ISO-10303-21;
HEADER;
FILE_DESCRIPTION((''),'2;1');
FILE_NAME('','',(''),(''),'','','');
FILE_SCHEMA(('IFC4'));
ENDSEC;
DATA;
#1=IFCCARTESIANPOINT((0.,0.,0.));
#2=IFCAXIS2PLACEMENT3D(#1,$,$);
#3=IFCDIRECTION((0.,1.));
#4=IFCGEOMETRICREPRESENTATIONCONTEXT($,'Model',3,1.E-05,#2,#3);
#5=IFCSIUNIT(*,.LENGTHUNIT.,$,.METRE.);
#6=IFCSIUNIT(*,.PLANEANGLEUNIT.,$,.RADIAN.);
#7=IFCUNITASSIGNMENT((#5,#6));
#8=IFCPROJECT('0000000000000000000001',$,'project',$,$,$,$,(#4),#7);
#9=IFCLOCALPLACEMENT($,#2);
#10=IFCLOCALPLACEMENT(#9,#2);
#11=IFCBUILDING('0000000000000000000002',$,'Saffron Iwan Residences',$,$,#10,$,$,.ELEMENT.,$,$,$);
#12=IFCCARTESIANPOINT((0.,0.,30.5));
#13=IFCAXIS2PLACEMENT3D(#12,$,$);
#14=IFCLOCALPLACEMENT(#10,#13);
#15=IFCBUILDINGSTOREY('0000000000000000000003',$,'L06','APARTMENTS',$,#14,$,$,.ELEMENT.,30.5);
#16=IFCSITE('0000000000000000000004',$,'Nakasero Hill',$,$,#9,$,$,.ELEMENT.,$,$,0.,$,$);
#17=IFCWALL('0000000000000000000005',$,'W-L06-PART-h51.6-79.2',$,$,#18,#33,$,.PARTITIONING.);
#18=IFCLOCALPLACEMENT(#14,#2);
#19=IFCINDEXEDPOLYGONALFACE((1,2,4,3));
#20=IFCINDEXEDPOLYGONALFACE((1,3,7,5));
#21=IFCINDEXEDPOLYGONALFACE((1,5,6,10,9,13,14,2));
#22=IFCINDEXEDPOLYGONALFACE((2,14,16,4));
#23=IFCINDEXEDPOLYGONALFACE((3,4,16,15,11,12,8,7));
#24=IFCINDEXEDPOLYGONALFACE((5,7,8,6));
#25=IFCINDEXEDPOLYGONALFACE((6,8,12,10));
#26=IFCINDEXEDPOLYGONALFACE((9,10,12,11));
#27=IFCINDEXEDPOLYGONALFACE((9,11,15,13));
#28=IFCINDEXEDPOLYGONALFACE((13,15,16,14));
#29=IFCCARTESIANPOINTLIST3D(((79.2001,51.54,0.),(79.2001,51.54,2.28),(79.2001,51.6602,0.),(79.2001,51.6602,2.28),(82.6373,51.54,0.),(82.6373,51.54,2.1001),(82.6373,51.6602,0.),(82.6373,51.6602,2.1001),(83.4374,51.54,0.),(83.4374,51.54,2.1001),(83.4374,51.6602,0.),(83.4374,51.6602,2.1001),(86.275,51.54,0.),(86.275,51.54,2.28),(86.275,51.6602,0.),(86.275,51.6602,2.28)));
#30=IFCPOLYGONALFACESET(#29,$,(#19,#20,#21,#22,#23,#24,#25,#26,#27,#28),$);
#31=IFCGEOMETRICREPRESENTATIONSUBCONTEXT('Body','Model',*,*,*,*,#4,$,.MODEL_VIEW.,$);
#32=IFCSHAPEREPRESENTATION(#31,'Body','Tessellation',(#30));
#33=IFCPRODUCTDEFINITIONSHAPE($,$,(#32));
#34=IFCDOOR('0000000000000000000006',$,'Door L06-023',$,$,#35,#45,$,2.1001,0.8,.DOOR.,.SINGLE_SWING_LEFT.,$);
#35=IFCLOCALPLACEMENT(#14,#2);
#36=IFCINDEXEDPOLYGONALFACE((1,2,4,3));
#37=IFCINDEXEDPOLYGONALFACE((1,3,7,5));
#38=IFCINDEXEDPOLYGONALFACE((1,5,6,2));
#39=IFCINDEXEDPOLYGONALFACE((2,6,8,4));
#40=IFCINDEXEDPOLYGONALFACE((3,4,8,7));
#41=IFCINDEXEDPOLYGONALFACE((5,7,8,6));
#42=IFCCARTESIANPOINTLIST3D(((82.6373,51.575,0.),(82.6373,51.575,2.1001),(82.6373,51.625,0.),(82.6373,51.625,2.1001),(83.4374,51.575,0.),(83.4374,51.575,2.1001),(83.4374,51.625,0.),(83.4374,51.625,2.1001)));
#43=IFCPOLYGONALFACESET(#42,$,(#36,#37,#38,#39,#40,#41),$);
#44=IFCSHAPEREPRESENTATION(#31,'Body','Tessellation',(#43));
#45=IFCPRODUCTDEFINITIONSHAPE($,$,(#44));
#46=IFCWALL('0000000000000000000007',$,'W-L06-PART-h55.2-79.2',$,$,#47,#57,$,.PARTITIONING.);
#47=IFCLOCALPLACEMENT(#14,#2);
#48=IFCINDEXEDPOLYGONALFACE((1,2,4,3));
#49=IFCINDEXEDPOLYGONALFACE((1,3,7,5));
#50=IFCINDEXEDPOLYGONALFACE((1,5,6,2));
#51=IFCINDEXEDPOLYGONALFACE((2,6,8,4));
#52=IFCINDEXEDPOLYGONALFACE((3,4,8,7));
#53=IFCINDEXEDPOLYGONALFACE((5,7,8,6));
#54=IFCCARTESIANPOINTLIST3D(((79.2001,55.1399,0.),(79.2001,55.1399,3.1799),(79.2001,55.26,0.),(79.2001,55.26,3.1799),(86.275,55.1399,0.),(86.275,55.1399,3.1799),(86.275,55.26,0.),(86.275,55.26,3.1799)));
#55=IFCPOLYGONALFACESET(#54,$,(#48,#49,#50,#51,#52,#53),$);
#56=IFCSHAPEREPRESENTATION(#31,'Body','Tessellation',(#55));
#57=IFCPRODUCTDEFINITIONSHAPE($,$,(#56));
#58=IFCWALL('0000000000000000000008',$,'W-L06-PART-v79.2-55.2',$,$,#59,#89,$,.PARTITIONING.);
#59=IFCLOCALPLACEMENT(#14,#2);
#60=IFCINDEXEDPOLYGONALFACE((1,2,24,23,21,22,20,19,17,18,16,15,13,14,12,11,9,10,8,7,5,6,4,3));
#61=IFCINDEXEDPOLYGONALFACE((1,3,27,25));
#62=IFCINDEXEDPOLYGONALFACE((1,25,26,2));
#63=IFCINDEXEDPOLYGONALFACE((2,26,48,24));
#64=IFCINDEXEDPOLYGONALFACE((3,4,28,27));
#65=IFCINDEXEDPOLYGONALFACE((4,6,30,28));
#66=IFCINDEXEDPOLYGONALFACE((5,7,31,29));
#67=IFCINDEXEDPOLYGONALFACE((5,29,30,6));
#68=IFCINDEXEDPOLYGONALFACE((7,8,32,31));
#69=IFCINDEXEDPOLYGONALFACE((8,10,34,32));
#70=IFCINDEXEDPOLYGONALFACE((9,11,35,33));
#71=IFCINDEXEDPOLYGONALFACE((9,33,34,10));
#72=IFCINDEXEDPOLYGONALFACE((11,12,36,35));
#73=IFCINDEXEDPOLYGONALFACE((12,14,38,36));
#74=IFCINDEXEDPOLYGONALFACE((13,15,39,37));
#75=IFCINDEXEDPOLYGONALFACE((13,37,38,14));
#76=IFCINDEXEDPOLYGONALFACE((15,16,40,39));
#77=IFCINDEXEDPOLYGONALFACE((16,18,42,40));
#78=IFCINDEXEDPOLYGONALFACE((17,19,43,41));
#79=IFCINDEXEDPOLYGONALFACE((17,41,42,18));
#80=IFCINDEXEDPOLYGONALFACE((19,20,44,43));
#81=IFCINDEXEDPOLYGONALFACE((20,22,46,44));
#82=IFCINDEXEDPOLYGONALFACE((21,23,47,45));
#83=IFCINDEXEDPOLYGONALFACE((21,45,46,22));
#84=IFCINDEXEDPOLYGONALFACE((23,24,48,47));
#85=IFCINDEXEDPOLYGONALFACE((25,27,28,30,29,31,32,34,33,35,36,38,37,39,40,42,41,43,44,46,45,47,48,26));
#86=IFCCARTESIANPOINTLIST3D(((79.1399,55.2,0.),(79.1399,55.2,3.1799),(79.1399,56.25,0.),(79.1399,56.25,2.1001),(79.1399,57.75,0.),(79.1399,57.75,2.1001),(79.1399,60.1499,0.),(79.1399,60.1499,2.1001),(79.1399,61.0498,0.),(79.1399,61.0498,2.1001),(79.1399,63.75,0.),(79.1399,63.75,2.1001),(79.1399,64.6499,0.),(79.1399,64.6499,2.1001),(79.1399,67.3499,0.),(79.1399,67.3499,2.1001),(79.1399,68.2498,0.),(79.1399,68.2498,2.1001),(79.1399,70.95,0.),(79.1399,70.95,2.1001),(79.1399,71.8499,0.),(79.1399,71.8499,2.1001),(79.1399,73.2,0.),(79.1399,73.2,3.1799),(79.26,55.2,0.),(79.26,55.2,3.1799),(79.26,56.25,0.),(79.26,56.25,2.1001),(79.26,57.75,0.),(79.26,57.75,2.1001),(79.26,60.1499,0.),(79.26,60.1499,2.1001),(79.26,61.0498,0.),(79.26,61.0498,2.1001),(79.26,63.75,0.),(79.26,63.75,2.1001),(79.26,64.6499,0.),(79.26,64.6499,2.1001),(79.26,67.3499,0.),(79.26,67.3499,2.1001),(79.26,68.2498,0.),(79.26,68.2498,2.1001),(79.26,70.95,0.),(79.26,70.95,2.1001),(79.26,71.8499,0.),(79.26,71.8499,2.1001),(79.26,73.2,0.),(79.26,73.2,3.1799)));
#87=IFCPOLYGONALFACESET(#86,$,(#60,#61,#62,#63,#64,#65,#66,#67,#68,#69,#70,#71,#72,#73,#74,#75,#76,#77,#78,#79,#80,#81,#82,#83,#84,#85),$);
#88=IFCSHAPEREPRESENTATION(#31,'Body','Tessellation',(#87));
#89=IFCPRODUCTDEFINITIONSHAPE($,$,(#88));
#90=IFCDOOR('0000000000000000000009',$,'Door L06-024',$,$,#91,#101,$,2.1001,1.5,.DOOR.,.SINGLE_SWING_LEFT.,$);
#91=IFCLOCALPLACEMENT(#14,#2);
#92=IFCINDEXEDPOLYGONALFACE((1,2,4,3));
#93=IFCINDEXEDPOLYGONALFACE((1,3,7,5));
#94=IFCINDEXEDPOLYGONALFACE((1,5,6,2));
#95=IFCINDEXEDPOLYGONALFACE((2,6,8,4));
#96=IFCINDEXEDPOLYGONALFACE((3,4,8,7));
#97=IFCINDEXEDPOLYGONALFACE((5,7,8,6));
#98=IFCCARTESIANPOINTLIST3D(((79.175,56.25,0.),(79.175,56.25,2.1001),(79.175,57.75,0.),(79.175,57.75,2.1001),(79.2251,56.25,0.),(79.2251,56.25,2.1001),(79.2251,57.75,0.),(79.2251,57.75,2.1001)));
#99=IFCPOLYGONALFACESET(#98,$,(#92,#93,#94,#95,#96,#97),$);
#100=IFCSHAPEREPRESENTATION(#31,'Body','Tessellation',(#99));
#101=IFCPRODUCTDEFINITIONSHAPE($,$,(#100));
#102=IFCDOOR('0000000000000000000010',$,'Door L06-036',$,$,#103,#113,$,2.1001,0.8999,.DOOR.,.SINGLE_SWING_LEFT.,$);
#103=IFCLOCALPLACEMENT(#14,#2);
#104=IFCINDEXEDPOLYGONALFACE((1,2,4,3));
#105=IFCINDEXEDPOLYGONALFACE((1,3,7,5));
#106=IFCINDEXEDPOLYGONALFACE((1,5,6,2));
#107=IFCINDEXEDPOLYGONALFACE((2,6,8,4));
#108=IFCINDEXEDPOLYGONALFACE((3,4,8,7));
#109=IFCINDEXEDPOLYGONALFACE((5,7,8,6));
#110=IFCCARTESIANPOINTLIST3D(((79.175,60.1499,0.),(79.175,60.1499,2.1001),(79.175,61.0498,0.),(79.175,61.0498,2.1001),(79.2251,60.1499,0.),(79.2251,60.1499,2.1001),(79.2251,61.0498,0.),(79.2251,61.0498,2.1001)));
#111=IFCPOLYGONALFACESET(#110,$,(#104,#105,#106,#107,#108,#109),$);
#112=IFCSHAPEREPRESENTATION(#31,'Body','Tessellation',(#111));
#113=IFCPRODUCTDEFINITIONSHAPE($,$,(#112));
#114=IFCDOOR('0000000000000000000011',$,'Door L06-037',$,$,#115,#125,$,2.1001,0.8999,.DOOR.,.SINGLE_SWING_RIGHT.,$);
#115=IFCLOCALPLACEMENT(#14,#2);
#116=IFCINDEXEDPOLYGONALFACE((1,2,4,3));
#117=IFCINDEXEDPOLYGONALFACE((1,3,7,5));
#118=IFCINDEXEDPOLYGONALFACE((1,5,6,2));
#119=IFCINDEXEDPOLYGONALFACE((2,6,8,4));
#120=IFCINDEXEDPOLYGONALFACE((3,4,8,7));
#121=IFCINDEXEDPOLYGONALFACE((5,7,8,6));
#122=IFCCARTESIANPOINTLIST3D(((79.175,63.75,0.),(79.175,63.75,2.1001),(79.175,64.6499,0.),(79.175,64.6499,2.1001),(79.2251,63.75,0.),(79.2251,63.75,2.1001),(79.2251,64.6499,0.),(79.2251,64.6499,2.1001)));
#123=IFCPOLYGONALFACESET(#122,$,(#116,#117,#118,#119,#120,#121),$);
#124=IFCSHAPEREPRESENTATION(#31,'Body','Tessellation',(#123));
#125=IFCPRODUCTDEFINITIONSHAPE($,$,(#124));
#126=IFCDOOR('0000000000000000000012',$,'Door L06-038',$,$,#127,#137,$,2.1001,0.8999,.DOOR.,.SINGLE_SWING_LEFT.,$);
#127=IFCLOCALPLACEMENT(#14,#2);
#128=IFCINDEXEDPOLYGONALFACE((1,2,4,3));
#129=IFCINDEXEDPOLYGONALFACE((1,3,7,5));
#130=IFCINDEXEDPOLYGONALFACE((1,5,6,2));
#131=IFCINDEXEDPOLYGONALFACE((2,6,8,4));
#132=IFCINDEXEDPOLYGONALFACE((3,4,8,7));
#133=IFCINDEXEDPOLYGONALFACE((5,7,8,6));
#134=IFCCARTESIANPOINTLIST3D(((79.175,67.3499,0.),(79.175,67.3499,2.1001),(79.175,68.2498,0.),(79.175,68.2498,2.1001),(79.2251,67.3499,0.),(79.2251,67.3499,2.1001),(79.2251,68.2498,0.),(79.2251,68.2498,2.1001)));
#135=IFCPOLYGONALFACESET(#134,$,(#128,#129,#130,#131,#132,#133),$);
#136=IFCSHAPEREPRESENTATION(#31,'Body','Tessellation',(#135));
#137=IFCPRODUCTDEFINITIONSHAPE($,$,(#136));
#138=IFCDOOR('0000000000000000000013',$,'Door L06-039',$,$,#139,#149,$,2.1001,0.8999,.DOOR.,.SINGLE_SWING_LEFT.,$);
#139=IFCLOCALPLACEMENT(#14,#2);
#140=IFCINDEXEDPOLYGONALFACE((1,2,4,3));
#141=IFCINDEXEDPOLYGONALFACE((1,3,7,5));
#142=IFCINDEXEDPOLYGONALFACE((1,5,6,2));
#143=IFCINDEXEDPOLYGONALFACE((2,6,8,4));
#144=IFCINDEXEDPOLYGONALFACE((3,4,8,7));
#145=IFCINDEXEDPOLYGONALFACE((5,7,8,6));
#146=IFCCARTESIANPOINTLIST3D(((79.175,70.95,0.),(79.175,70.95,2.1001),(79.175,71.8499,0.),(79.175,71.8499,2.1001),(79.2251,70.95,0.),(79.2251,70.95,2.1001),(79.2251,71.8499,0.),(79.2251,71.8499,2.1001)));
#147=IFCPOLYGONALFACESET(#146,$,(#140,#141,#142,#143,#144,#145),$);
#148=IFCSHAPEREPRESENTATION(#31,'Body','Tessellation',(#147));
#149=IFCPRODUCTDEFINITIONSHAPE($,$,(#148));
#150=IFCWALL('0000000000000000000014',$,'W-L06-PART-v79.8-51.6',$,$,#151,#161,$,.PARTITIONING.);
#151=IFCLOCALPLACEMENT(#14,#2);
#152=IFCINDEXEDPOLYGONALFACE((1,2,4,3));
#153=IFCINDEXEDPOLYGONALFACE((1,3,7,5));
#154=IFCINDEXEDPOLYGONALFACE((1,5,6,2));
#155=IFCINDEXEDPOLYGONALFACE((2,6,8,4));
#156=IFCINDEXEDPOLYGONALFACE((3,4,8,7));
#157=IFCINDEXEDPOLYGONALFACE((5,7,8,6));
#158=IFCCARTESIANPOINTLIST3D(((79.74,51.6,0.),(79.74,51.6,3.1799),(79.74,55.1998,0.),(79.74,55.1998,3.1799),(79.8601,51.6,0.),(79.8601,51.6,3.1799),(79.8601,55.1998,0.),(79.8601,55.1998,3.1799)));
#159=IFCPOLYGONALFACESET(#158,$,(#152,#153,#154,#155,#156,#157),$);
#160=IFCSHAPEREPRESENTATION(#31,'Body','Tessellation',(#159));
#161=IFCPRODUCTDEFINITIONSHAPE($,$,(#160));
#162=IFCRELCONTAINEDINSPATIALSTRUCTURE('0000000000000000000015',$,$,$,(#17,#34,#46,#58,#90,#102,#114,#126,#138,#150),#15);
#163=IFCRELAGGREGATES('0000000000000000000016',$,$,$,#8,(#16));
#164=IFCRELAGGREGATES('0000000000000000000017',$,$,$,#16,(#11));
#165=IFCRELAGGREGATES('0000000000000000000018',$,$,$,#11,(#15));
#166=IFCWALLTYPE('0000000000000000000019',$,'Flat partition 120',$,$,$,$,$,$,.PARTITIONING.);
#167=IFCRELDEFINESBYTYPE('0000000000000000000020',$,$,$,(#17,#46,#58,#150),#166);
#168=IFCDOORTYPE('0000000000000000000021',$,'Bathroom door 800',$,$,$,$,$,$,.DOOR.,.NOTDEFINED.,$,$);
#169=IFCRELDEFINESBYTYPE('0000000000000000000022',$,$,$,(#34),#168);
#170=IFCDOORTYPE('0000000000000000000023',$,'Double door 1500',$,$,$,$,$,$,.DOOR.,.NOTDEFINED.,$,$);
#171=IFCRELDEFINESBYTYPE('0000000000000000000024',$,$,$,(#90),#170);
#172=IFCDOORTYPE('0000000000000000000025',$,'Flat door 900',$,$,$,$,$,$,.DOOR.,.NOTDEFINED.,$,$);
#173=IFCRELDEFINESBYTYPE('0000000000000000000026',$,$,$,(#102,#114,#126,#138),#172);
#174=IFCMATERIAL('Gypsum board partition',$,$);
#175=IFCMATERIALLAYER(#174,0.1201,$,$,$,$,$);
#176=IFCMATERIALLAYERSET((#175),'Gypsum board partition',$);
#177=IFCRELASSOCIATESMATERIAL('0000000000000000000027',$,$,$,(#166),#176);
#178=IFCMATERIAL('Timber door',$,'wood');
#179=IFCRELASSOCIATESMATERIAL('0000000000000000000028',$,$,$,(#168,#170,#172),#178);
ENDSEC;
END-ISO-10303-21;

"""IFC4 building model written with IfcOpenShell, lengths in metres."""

from ifc_helpers import new_model, si_unit, direction, frame, frame_2d, origin, place, context, subcontext, project, spatial, rectangle, extrude, material, layer, layer_set, type_object, element, fill, save


model = new_model("IFC4")

# Units and contexts
model_context = context("Model", 3, precision=1e-05, world=origin(), true_north=direction((0.0, 1.0)))
body_context = subcontext(model_context, "Body", "Model", "MODEL_VIEW")
ifc_project = project(units=[si_unit("LENGTHUNIT", "METRE"), si_unit("PLANEANGLEUNIT", "RADIAN")], contexts=[model_context])

# Site, building, storey
site_placement = place(None, origin())
site = spatial("IfcSite", under=ifc_project, at=site_placement, Name="Nakasero Hill", CompositionType="ELEMENT", RefElevation=0.0)
building_placement = place(site_placement, origin())
building = spatial("IfcBuilding", under=site, at=building_placement, Name="Saffron Iwan Residences", CompositionType="ELEMENT")
storey_placement = place(building_placement, frame((0.0, 0.0, 30.5)))
storey = spatial("IfcBuildingStorey", under=building, at=storey_placement, Name="L06", Description="APARTMENTS", CompositionType="ELEMENT", Elevation=30.5)

# Wall, opening, door
ifc_material_1 = material(Name="Gypsum board partition")
ifc_layer_1 = layer(ifc_material_1, 0.1201)
ifc_layer_set_1 = layer_set([ifc_layer_1], Name="Gypsum board partition")
wall_type_1 = type_object("IfcWallType", Name="Flat partition 120", PredefinedType="PARTITIONING", material=ifc_layer_set_1)
wall_1_placement = place(storey_placement, frame((79.2, 51.6001, 0.0), z_axis=(0.0, 0.0, 1.0), x_axis=(1.0, 0.0, 0.0)))
wall_1 = element("IfcWall", 1, at=wall_1_placement, inside=storey, type_object=wall_type_1, Name="W-L06-PART-h51.6-79.2", PredefinedType="PARTITIONING", context=body_context, shape_type="SweptSolid", body=[
    extrude(rectangle(XDim=7.075, YDim=0.1201, at=frame_2d((3.5376, 0.0))), origin(), (0.0, 0.0, 1.0), 2.28),
])
opening_1_placement = place(wall_1_placement, frame((3.4375, 0.0, 0.0)))
opening_1 = element("IfcOpeningElement", 2, at=opening_1_placement, cuts=wall_1, PredefinedType="OPENING", context=body_context, shape_type="SweptSolid", body=[
    extrude(rectangle(XDim=0.8, YDim=2.1001, at=frame_2d((0.3999, 1.05))), frame((0.0, 0.0701, 0.0), z_axis=(0.0, -1.0, 0.0), x_axis=(1.0, 0.0, 0.0)), (0.0, 0.0, 1.0), 0.1401),
])
ifc_material_2 = material(Name="Timber door", Category="wood")
door_type_1 = type_object("IfcDoorType", Name="Bathroom door 800", OperationType="NOTDEFINED", PredefinedType="DOOR", material=ifc_material_2)
door_1_placement = place(opening_1_placement, origin())
door_1 = element("IfcDoor", 3, at=door_1_placement, inside=storey, type_object=door_type_1, Name="Door L06-023", OperationType="SINGLE_SWING_LEFT", OverallHeight=2.1001, OverallWidth=0.8, PredefinedType="DOOR", context=body_context, shape_type="SweptSolid", body=[
    extrude(rectangle(XDim=0.8, YDim=2.1001, at=frame_2d((0.3999, 1.05))), frame((0.0, 0.0249, 0.0), z_axis=(0.0, -1.0, 0.0), x_axis=(1.0, 0.0, 0.0)), (0.0, 0.0, 1.0), 0.05),
])
fill(opening_1, door_1)

# Wall
wall_2_placement = place(storey_placement, frame((79.2, 55.2, 0.0), z_axis=(0.0, 0.0, 1.0), x_axis=(1.0, 0.0, 0.0)))
element("IfcWall", 4, at=wall_2_placement, inside=storey, type_object=wall_type_1, Name="W-L06-PART-h55.2-79.2", PredefinedType="PARTITIONING", context=body_context, shape_type="SweptSolid", body=[
    extrude(rectangle(XDim=7.075, YDim=0.1201, at=frame_2d((3.5376, 0.0))), origin(), (0.0, 0.0, 1.0), 3.1799),
])

# Wall, openings, doors
wall_3_placement = place(storey_placement, frame((79.2, 55.2, 0.0), z_axis=(0.0, 0.0, 1.0), x_axis=(0.0, 1.0, 0.0)))
wall_3 = element("IfcWall", 5, at=wall_3_placement, inside=storey, type_object=wall_type_1, Name="W-L06-PART-v79.2-55.2", PredefinedType="PARTITIONING", context=body_context, shape_type="SweptSolid", body=[
    extrude(rectangle(XDim=18.0, YDim=0.1201, at=frame_2d((9.0, 0.0))), origin(), (0.0, 0.0, 1.0), 3.1799),
])
opening_2_placement = place(wall_3_placement, frame((1.05, 0.0, 0.0)))
opening_2 = element("IfcOpeningElement", 6, at=opening_2_placement, cuts=wall_3, PredefinedType="OPENING", context=body_context, shape_type="SweptSolid", body=[
    extrude(rectangle(XDim=1.5, YDim=2.1001, at=frame_2d((0.75, 1.05))), frame((0.0, 0.0701, 0.0), z_axis=(0.0, -1.0, 0.0), x_axis=(1.0, 0.0, 0.0)), (0.0, 0.0, 1.0), 0.1401),
])
opening_3_placement = place(wall_3_placement, frame((4.95, 0.0, 0.0)))
opening_3 = element("IfcOpeningElement", 7, at=opening_3_placement, cuts=wall_3, PredefinedType="OPENING", context=body_context, shape_type="SweptSolid", body=[
    extrude(rectangle(XDim=0.8999, YDim=2.1001, at=frame_2d((0.45, 1.05))), frame((0.0, 0.0701, 0.0), z_axis=(0.0, -1.0, 0.0), x_axis=(1.0, 0.0, 0.0)), (0.0, 0.0, 1.0), 0.1401),
])
opening_4_placement = place(wall_3_placement, frame((8.55, 0.0, 0.0)))
opening_4 = element("IfcOpeningElement", 8, at=opening_4_placement, cuts=wall_3, PredefinedType="OPENING", context=body_context, shape_type="SweptSolid", body=[
    extrude(rectangle(XDim=0.8999, YDim=2.1001, at=frame_2d((0.45, 1.05))), frame((0.0, 0.0701, 0.0), z_axis=(0.0, -1.0, 0.0), x_axis=(1.0, 0.0, 0.0)), (0.0, 0.0, 1.0), 0.1401),
])
opening_5_placement = place(wall_3_placement, frame((12.1499, 0.0, 0.0)))
opening_5 = element("IfcOpeningElement", 9, at=opening_5_placement, cuts=wall_3, PredefinedType="OPENING", context=body_context, shape_type="SweptSolid", body=[
    extrude(rectangle(XDim=0.8999, YDim=2.1001, at=frame_2d((0.45, 1.05))), frame((0.0, 0.0701, 0.0), z_axis=(0.0, -1.0, 0.0), x_axis=(1.0, 0.0, 0.0)), (0.0, 0.0, 1.0), 0.1401),
])
opening_6_placement = place(wall_3_placement, frame((15.75, 0.0, 0.0)))
opening_6 = element("IfcOpeningElement", 10, at=opening_6_placement, cuts=wall_3, PredefinedType="OPENING", context=body_context, shape_type="SweptSolid", body=[
    extrude(rectangle(XDim=0.8999, YDim=2.1001, at=frame_2d((0.45, 1.05))), frame((0.0, 0.0701, 0.0), z_axis=(0.0, -1.0, 0.0), x_axis=(1.0, 0.0, 0.0)), (0.0, 0.0, 1.0), 0.1401),
])
door_type_2 = type_object("IfcDoorType", Name="Double door 1500", OperationType="NOTDEFINED", PredefinedType="DOOR", material=ifc_material_2)
door_2_placement = place(opening_2_placement, origin())
door_2 = element("IfcDoor", 11, at=door_2_placement, inside=storey, type_object=door_type_2, Name="Door L06-024", OperationType="SINGLE_SWING_LEFT", OverallHeight=2.1001, OverallWidth=1.5, PredefinedType="DOOR", context=body_context, shape_type="SweptSolid", body=[
    extrude(rectangle(XDim=1.5, YDim=2.1001, at=frame_2d((0.75, 1.05))), frame((0.0, 0.0249, 0.0), z_axis=(0.0, -1.0, 0.0), x_axis=(1.0, 0.0, 0.0)), (0.0, 0.0, 1.0), 0.05),
])
fill(opening_2, door_2)
door_type_3 = type_object("IfcDoorType", Name="Flat door 900", OperationType="NOTDEFINED", PredefinedType="DOOR", material=ifc_material_2)
door_3_placement = place(opening_3_placement, origin())
door_3 = element("IfcDoor", 12, at=door_3_placement, inside=storey, type_object=door_type_3, Name="Door L06-036", OperationType="SINGLE_SWING_LEFT", OverallHeight=2.1001, OverallWidth=0.8999, PredefinedType="DOOR", context=body_context, shape_type="SweptSolid", body=[
    extrude(rectangle(XDim=0.8999, YDim=2.1001, at=frame_2d((0.45, 1.05))), frame((0.0, 0.0249, 0.0), z_axis=(0.0, -1.0, 0.0), x_axis=(1.0, 0.0, 0.0)), (0.0, 0.0, 1.0), 0.05),
])
fill(opening_3, door_3)
door_4_placement = place(opening_4_placement, origin())
door_4 = element("IfcDoor", 13, at=door_4_placement, inside=storey, type_object=door_type_3, Name="Door L06-037", OperationType="SINGLE_SWING_RIGHT", OverallHeight=2.1001, OverallWidth=0.8999, PredefinedType="DOOR", context=body_context, shape_type="SweptSolid", body=[
    extrude(rectangle(XDim=0.8999, YDim=2.1001, at=frame_2d((0.45, 1.05))), frame((0.0, 0.0249, 0.0), z_axis=(0.0, -1.0, 0.0), x_axis=(1.0, 0.0, 0.0)), (0.0, 0.0, 1.0), 0.05),
])
fill(opening_4, door_4)
door_5_placement = place(opening_5_placement, origin())
door_5 = element("IfcDoor", 14, at=door_5_placement, inside=storey, type_object=door_type_3, Name="Door L06-038", OperationType="SINGLE_SWING_LEFT", OverallHeight=2.1001, OverallWidth=0.8999, PredefinedType="DOOR", context=body_context, shape_type="SweptSolid", body=[
    extrude(rectangle(XDim=0.8999, YDim=2.1001, at=frame_2d((0.45, 1.05))), frame((0.0, 0.0249, 0.0), z_axis=(0.0, -1.0, 0.0), x_axis=(1.0, 0.0, 0.0)), (0.0, 0.0, 1.0), 0.05),
])
fill(opening_5, door_5)
door_6_placement = place(opening_6_placement, origin())
door_6 = element("IfcDoor", 15, at=door_6_placement, inside=storey, type_object=door_type_3, Name="Door L06-039", OperationType="SINGLE_SWING_LEFT", OverallHeight=2.1001, OverallWidth=0.8999, PredefinedType="DOOR", context=body_context, shape_type="SweptSolid", body=[
    extrude(rectangle(XDim=0.8999, YDim=2.1001, at=frame_2d((0.45, 1.05))), frame((0.0, 0.0249, 0.0), z_axis=(0.0, -1.0, 0.0), x_axis=(1.0, 0.0, 0.0)), (0.0, 0.0, 1.0), 0.05),
])
fill(opening_6, door_6)

# Wall
wall_4_placement = place(storey_placement, frame((79.8, 51.6001, 0.0), z_axis=(0.0, 0.0, 1.0), x_axis=(0.0, 1.0, 0.0)))
element("IfcWall", 16, at=wall_4_placement, inside=storey, type_object=wall_type_1, Name="W-L06-PART-v79.8-51.6", PredefinedType="PARTITIONING", context=body_context, shape_type="SweptSolid", body=[
    extrude(rectangle(XDim=3.5999, YDim=0.1201, at=frame_2d((1.7998, 0.0))), origin(), (0.0, 0.0, 1.0), 3.1799),
])

save(model, "model.ifc")
